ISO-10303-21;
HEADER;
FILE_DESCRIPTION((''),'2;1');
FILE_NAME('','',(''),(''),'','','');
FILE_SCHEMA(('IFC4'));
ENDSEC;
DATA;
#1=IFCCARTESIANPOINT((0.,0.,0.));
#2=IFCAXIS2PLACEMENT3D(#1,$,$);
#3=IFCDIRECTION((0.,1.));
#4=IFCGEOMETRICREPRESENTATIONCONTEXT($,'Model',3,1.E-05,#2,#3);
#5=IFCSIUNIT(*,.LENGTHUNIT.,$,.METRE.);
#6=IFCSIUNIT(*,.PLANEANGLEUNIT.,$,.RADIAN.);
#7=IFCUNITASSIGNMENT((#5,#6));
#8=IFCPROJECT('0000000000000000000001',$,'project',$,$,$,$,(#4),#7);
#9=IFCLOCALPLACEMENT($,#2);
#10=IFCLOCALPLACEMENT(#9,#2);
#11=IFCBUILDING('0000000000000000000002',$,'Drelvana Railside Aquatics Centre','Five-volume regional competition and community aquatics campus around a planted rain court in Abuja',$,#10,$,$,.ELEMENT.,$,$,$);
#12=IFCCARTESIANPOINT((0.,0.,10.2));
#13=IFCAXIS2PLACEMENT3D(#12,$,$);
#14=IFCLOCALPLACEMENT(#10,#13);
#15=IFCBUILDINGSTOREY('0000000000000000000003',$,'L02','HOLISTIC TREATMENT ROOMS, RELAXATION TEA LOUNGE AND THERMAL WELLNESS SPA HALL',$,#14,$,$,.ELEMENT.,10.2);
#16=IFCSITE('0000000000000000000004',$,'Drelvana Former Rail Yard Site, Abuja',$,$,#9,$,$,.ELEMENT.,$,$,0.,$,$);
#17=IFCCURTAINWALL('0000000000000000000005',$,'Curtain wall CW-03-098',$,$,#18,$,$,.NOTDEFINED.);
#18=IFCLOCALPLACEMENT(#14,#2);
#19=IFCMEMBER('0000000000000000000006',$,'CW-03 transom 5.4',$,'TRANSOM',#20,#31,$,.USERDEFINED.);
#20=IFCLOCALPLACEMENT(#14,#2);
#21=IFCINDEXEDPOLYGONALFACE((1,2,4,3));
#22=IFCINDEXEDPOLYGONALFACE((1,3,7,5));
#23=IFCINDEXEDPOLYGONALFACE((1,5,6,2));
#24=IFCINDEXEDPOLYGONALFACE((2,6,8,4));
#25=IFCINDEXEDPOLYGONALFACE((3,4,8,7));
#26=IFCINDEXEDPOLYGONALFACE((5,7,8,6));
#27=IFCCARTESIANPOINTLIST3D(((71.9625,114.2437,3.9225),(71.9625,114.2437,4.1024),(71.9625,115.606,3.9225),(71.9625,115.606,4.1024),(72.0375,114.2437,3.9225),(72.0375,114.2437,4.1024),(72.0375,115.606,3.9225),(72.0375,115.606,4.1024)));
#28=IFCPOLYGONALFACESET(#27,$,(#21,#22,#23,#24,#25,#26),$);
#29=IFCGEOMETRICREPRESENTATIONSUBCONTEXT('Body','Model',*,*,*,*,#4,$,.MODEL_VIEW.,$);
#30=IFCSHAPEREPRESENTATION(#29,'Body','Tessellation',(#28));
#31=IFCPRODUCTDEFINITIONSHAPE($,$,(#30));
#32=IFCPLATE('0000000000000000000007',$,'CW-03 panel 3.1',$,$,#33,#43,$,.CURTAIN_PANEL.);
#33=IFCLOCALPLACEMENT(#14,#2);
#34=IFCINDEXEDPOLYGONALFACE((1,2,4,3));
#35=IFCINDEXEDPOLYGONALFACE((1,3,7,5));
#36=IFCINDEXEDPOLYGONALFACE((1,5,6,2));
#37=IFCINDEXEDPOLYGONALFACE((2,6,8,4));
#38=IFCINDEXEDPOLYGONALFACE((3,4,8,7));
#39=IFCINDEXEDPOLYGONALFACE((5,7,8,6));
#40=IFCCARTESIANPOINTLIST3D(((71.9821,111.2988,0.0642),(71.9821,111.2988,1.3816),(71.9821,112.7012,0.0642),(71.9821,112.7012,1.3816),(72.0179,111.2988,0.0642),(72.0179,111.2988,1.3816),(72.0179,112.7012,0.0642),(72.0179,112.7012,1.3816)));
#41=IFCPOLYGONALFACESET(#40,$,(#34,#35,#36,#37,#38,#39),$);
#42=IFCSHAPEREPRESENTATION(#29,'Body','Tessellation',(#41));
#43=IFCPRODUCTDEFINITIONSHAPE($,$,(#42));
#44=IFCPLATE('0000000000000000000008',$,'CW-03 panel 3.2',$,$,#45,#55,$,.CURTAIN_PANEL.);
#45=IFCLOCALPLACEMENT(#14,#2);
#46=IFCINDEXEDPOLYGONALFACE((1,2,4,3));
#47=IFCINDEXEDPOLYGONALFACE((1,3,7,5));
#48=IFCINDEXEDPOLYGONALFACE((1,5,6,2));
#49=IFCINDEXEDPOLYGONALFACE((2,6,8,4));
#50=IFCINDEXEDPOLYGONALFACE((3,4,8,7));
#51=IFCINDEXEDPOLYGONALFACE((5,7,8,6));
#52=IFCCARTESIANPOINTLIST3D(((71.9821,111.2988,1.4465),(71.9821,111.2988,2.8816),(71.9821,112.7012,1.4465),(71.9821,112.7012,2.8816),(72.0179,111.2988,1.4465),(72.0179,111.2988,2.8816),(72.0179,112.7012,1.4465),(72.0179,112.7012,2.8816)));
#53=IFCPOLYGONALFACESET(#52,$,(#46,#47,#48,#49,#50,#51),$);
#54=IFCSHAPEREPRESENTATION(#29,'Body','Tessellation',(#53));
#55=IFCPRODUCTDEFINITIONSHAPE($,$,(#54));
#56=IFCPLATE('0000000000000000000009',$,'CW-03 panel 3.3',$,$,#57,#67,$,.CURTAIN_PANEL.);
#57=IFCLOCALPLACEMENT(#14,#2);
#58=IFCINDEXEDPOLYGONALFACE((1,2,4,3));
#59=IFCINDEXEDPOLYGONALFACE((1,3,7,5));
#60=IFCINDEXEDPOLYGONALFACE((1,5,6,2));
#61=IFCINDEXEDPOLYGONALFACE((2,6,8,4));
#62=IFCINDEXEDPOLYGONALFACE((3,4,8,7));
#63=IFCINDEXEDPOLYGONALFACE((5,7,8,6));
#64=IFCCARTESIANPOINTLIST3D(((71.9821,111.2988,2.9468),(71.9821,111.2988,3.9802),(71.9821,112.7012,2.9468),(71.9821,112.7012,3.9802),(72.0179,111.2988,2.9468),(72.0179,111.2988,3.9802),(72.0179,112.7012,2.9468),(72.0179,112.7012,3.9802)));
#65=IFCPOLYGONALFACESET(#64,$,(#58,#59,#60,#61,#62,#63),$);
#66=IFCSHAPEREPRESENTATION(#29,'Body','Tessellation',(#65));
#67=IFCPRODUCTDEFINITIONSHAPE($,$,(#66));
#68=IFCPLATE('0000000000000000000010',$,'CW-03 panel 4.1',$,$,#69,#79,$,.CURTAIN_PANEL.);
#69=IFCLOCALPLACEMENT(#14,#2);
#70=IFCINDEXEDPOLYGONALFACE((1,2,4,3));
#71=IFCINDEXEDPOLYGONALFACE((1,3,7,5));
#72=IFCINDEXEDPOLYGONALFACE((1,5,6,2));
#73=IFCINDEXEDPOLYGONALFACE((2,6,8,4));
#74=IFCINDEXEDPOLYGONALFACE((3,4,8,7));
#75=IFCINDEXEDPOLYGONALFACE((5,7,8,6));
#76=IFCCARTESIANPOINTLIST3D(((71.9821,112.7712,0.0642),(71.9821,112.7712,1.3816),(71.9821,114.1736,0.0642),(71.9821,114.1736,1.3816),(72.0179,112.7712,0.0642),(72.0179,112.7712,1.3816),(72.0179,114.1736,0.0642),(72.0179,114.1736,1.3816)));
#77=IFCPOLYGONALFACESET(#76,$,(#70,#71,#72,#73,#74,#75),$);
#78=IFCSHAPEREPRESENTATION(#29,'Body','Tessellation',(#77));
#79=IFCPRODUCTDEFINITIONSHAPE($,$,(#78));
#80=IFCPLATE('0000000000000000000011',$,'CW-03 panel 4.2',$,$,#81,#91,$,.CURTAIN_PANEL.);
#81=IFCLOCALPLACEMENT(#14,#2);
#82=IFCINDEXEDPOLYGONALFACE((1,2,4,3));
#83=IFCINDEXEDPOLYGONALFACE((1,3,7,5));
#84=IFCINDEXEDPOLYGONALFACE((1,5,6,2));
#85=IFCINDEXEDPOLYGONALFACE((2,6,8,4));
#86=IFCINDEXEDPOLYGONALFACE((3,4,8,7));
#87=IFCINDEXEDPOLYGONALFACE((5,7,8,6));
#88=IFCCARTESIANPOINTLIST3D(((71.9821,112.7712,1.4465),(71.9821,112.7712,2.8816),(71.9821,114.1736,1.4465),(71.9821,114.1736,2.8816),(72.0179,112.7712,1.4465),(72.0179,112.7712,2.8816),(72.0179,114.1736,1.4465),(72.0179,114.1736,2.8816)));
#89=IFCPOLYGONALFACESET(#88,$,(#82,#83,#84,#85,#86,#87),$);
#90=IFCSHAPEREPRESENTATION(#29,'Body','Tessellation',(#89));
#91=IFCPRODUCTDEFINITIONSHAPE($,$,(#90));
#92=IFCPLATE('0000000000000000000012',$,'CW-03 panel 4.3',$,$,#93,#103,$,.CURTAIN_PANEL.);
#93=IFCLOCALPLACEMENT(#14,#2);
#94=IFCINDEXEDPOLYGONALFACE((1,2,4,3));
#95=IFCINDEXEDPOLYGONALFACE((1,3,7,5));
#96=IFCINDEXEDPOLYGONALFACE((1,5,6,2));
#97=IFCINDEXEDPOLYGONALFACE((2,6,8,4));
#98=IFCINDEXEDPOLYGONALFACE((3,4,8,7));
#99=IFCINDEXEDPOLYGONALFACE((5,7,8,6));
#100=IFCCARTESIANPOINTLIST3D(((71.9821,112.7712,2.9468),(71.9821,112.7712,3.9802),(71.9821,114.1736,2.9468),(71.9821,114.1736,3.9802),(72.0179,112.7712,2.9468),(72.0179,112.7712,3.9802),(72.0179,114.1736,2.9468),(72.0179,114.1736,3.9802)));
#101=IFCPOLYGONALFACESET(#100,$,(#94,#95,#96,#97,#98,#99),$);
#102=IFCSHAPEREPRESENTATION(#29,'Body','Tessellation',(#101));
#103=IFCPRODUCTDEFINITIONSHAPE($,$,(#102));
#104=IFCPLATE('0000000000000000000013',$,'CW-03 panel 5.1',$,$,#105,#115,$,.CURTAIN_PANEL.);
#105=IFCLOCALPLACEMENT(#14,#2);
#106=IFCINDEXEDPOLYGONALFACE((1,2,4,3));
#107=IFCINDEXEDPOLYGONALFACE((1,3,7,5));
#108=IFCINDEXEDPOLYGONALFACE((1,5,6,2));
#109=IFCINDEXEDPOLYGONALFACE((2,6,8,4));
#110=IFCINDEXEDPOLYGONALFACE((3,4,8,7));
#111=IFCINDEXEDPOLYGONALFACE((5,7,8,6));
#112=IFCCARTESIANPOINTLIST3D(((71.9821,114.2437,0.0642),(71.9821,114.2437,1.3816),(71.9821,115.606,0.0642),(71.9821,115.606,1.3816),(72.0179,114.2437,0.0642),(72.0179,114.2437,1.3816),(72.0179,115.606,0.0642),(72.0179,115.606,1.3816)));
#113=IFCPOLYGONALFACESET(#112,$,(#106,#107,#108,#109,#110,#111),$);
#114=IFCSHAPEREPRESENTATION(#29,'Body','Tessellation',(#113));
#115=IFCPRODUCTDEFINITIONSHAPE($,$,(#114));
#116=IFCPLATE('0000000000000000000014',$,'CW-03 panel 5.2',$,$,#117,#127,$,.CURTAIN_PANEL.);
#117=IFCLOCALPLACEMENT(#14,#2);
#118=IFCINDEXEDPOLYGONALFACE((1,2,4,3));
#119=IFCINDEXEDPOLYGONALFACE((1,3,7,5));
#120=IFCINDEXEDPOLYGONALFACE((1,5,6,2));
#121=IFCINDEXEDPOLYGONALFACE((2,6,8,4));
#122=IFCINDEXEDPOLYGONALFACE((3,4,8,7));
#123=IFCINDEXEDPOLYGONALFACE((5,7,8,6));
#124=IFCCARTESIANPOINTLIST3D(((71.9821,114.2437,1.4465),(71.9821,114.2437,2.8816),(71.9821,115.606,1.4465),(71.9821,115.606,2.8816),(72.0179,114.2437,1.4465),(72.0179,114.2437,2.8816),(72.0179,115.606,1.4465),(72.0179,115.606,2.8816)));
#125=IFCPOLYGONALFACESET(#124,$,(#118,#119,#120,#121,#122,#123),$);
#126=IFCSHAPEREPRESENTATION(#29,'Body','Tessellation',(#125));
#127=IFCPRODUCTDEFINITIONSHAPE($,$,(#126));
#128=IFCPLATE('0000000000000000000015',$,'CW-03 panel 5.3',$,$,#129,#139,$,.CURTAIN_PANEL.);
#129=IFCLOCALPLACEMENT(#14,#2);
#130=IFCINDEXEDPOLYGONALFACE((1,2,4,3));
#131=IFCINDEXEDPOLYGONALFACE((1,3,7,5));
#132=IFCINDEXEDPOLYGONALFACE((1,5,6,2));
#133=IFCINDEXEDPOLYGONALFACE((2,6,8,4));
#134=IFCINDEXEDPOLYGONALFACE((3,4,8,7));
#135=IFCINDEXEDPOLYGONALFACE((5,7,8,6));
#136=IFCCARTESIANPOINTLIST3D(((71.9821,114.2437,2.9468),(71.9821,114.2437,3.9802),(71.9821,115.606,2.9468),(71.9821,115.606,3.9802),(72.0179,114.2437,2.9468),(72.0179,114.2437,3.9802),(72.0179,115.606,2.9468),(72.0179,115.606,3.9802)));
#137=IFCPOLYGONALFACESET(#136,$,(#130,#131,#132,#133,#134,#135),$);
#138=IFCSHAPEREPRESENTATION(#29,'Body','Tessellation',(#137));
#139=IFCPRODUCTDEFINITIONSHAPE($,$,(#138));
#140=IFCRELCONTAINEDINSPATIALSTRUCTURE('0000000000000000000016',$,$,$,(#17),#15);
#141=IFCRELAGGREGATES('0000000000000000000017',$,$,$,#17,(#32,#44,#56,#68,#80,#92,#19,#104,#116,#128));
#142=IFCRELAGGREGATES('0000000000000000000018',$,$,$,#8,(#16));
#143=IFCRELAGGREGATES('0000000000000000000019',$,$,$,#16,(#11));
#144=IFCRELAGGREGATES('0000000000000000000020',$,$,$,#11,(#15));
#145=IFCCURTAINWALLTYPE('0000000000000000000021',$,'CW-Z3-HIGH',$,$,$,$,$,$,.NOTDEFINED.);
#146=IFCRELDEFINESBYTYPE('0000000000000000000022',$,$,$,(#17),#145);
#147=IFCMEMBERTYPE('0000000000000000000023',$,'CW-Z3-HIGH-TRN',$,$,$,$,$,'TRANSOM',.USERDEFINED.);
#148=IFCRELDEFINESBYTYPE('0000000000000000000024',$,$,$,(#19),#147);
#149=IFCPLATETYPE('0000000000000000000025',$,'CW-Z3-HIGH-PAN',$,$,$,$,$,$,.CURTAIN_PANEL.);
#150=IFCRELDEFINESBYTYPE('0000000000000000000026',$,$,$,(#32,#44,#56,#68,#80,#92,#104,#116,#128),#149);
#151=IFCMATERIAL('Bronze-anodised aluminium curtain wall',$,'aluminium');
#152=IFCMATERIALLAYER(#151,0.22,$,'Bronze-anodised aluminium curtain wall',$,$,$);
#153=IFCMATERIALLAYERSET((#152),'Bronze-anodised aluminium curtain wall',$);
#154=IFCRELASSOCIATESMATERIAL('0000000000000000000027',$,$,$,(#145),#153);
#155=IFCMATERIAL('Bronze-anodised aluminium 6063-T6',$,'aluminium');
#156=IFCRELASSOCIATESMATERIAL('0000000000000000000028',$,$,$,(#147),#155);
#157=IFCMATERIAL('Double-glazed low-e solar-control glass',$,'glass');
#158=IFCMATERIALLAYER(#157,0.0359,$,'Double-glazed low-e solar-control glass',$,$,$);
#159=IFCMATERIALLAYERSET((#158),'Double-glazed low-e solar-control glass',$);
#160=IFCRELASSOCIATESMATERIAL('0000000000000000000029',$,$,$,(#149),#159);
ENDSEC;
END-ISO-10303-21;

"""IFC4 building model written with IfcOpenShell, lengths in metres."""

from ifc_helpers import new_model, si_unit, direction, frame, origin, origin_2d, place, context, subcontext, project, spatial, rectangle, extrude, material, layer, layer_set, material_profile, profile_set, type_object, element, aggregate, save


model = new_model("IFC4")

# Units and contexts
model_context = context("Model", 3, precision=1e-05, world=origin(), true_north=direction((0.0, 1.0)))
body_context = subcontext(model_context, "Body", "Model", "MODEL_VIEW")
ifc_project = project(units=[si_unit("LENGTHUNIT", "METRE"), si_unit("PLANEANGLEUNIT", "RADIAN")], contexts=[model_context])

# Site, building, storey
site_placement = place(None, origin())
site = spatial("IfcSite", under=ifc_project, at=site_placement, Name="Drelvana Former Rail Yard Site, Abuja", CompositionType="ELEMENT", RefElevation=0.0)
building_placement = place(site_placement, origin())
building = spatial("IfcBuilding", under=site, at=building_placement, Name="Drelvana Railside Aquatics Centre", Description="Five-volume regional competition and community aquatics campus around a planted rain court in Abuja", CompositionType="ELEMENT")
storey_placement = place(building_placement, frame((0.0, 0.0, 10.2)))
storey = spatial("IfcBuildingStorey", under=building, at=storey_placement, Name="L02", Description="HOLISTIC TREATMENT ROOMS, RELAXATION TEA LOUNGE AND THERMAL WELLNESS SPA HALL", CompositionType="ELEMENT", Elevation=10.2)

# Curtain wall, member, plates
ifc_material_1 = material(Name="Bronze-anodised aluminium curtain wall", Category="aluminium")
ifc_layer_1 = layer(ifc_material_1, 0.22, Name="Bronze-anodised aluminium curtain wall")
ifc_layer_set_1 = layer_set([ifc_layer_1], Name="Bronze-anodised aluminium curtain wall")
curtain_wall_type = type_object("IfcCurtainWallType", Name="CW-Z3-HIGH", PredefinedType="NOTDEFINED", material=ifc_layer_set_1)
curtain_wall_placement = place(storey_placement, origin())
curtain_wall = element("IfcCurtainWall", 1, at=curtain_wall_placement, inside=storey, type_object=curtain_wall_type, Name="Curtain wall CW-03-098", PredefinedType="NOTDEFINED")
ifc_material_2 = material(Name="Bronze-anodised aluminium 6063-T6", Category="aluminium")
ifc_material_profile_1 = material_profile(ifc_material_2, rectangle(XDim=0.1799, YDim=0.075, at=origin_2d()), Name="ALU-T 75x180")
ifc_profile_set_1 = profile_set([ifc_material_profile_1], Name="Bronze-anodised aluminium 6063-T6")
member_type_1 = type_object("IfcMemberType", Name="CW-Z3-HIGH-TRN", ElementType="TRANSOM", PredefinedType="USERDEFINED", material=ifc_profile_set_1)
member_1_placement = place(storey_placement, frame((72.0, 114.2437, 4.0125), z_axis=(0.0, 1.0, 0.0), x_axis=(0.0, 0.0, 1.0)))
member_1 = element("IfcMember", 2, at=member_1_placement, type_object=member_type_1, Name="CW-03 transom 5.4", ObjectType="TRANSOM", PredefinedType="USERDEFINED", context=body_context, shape_type="SweptSolid", body=[
    extrude(rectangle(XDim=0.1799, YDim=0.075, at=origin_2d()), origin(), (0.0, 0.0, 1.0), 1.3623),
])
ifc_material_3 = material(Name="Double-glazed low-e solar-control glass", Category="glass")
ifc_layer_2 = layer(ifc_material_3, 0.0359, Name="Double-glazed low-e solar-control glass")
ifc_layer_set_2 = layer_set([ifc_layer_2], Name="Double-glazed low-e solar-control glass")
plate_type = type_object("IfcPlateType", Name="CW-Z3-HIGH-PAN", PredefinedType="CURTAIN_PANEL", material=ifc_layer_set_2)
plate_1_placement = place(storey_placement, frame((72.0, 112.0, 0.0642), z_axis=(0.0, 0.0, 1.0), x_axis=(0.0, 1.0, 0.0)))
plate_1 = element("IfcPlate", 3, at=plate_1_placement, type_object=plate_type, Name="CW-03 panel 3.1", PredefinedType="CURTAIN_PANEL", context=body_context, shape_type="SweptSolid", body=[
    extrude(rectangle(XDim=1.4023, YDim=0.0359, at=origin_2d()), origin(), (0.0, 0.0, 1.0), 1.3174),
])
plate_2_placement = place(storey_placement, frame((72.0, 112.0, 1.4465), z_axis=(0.0, 0.0, 1.0), x_axis=(0.0, 1.0, 0.0)))
plate_2 = element("IfcPlate", 4, at=plate_2_placement, type_object=plate_type, Name="CW-03 panel 3.2", PredefinedType="CURTAIN_PANEL", context=body_context, shape_type="SweptSolid", body=[
    extrude(rectangle(XDim=1.4023, YDim=0.0359, at=origin_2d()), origin(), (0.0, 0.0, 1.0), 1.4351),
])
plate_3_placement = place(storey_placement, frame((72.0, 112.0, 2.9468), z_axis=(0.0, 0.0, 1.0), x_axis=(0.0, 1.0, 0.0)))
plate_3 = element("IfcPlate", 5, at=plate_3_placement, type_object=plate_type, Name="CW-03 panel 3.3", PredefinedType="CURTAIN_PANEL", context=body_context, shape_type="SweptSolid", body=[
    extrude(rectangle(XDim=1.4023, YDim=0.0359, at=origin_2d()), origin(), (0.0, 0.0, 1.0), 1.0334),
])
plate_4_placement = place(storey_placement, frame((72.0, 113.4724, 0.0642), z_axis=(0.0, 0.0, 1.0), x_axis=(0.0, 1.0, 0.0)))
plate_4 = element("IfcPlate", 6, at=plate_4_placement, type_object=plate_type, Name="CW-03 panel 4.1", PredefinedType="CURTAIN_PANEL", context=body_context, shape_type="SweptSolid", body=[
    extrude(rectangle(XDim=1.4023, YDim=0.0359, at=origin_2d()), origin(), (0.0, 0.0, 1.0), 1.3174),
])
plate_5_placement = place(storey_placement, frame((72.0, 113.4724, 1.4465), z_axis=(0.0, 0.0, 1.0), x_axis=(0.0, 1.0, 0.0)))
plate_5 = element("IfcPlate", 7, at=plate_5_placement, type_object=plate_type, Name="CW-03 panel 4.2", PredefinedType="CURTAIN_PANEL", context=body_context, shape_type="SweptSolid", body=[
    extrude(rectangle(XDim=1.4023, YDim=0.0359, at=origin_2d()), origin(), (0.0, 0.0, 1.0), 1.4351),
])
plate_6_placement = place(storey_placement, frame((72.0, 113.4724, 2.9468), z_axis=(0.0, 0.0, 1.0), x_axis=(0.0, 1.0, 0.0)))
plate_6 = element("IfcPlate", 8, at=plate_6_placement, type_object=plate_type, Name="CW-03 panel 4.3", PredefinedType="CURTAIN_PANEL", context=body_context, shape_type="SweptSolid", body=[
    extrude(rectangle(XDim=1.4023, YDim=0.0359, at=origin_2d()), origin(), (0.0, 0.0, 1.0), 1.0334),
])
plate_7_placement = place(storey_placement, frame((72.0, 114.9248, 0.0642), z_axis=(0.0, 0.0, 1.0), x_axis=(0.0, 1.0, 0.0)))
plate_7 = element("IfcPlate", 9, at=plate_7_placement, type_object=plate_type, Name="CW-03 panel 5.1", PredefinedType="CURTAIN_PANEL", context=body_context, shape_type="SweptSolid", body=[
    extrude(rectangle(XDim=1.3623, YDim=0.0359, at=origin_2d()), origin(), (0.0, 0.0, 1.0), 1.3174),
])
plate_8_placement = place(storey_placement, frame((72.0, 114.9248, 1.4465), z_axis=(0.0, 0.0, 1.0), x_axis=(0.0, 1.0, 0.0)))
plate_8 = element("IfcPlate", 10, at=plate_8_placement, type_object=plate_type, Name="CW-03 panel 5.2", PredefinedType="CURTAIN_PANEL", context=body_context, shape_type="SweptSolid", body=[
    extrude(rectangle(XDim=1.3623, YDim=0.0359, at=origin_2d()), origin(), (0.0, 0.0, 1.0), 1.4351),
])
plate_9_placement = place(storey_placement, frame((72.0, 114.9248, 2.9468), z_axis=(0.0, 0.0, 1.0), x_axis=(0.0, 1.0, 0.0)))
plate_9 = element("IfcPlate", 11, at=plate_9_placement, type_object=plate_type, Name="CW-03 panel 5.3", PredefinedType="CURTAIN_PANEL", context=body_context, shape_type="SweptSolid", body=[
    extrude(rectangle(XDim=1.3623, YDim=0.0359, at=origin_2d()), origin(), (0.0, 0.0, 1.0), 1.0334),
])
aggregate(curtain_wall, [plate_1, plate_2, plate_3, plate_4, plate_5, plate_6, member_1, plate_7, plate_8, plate_9])

save(model, "model.ifc")
